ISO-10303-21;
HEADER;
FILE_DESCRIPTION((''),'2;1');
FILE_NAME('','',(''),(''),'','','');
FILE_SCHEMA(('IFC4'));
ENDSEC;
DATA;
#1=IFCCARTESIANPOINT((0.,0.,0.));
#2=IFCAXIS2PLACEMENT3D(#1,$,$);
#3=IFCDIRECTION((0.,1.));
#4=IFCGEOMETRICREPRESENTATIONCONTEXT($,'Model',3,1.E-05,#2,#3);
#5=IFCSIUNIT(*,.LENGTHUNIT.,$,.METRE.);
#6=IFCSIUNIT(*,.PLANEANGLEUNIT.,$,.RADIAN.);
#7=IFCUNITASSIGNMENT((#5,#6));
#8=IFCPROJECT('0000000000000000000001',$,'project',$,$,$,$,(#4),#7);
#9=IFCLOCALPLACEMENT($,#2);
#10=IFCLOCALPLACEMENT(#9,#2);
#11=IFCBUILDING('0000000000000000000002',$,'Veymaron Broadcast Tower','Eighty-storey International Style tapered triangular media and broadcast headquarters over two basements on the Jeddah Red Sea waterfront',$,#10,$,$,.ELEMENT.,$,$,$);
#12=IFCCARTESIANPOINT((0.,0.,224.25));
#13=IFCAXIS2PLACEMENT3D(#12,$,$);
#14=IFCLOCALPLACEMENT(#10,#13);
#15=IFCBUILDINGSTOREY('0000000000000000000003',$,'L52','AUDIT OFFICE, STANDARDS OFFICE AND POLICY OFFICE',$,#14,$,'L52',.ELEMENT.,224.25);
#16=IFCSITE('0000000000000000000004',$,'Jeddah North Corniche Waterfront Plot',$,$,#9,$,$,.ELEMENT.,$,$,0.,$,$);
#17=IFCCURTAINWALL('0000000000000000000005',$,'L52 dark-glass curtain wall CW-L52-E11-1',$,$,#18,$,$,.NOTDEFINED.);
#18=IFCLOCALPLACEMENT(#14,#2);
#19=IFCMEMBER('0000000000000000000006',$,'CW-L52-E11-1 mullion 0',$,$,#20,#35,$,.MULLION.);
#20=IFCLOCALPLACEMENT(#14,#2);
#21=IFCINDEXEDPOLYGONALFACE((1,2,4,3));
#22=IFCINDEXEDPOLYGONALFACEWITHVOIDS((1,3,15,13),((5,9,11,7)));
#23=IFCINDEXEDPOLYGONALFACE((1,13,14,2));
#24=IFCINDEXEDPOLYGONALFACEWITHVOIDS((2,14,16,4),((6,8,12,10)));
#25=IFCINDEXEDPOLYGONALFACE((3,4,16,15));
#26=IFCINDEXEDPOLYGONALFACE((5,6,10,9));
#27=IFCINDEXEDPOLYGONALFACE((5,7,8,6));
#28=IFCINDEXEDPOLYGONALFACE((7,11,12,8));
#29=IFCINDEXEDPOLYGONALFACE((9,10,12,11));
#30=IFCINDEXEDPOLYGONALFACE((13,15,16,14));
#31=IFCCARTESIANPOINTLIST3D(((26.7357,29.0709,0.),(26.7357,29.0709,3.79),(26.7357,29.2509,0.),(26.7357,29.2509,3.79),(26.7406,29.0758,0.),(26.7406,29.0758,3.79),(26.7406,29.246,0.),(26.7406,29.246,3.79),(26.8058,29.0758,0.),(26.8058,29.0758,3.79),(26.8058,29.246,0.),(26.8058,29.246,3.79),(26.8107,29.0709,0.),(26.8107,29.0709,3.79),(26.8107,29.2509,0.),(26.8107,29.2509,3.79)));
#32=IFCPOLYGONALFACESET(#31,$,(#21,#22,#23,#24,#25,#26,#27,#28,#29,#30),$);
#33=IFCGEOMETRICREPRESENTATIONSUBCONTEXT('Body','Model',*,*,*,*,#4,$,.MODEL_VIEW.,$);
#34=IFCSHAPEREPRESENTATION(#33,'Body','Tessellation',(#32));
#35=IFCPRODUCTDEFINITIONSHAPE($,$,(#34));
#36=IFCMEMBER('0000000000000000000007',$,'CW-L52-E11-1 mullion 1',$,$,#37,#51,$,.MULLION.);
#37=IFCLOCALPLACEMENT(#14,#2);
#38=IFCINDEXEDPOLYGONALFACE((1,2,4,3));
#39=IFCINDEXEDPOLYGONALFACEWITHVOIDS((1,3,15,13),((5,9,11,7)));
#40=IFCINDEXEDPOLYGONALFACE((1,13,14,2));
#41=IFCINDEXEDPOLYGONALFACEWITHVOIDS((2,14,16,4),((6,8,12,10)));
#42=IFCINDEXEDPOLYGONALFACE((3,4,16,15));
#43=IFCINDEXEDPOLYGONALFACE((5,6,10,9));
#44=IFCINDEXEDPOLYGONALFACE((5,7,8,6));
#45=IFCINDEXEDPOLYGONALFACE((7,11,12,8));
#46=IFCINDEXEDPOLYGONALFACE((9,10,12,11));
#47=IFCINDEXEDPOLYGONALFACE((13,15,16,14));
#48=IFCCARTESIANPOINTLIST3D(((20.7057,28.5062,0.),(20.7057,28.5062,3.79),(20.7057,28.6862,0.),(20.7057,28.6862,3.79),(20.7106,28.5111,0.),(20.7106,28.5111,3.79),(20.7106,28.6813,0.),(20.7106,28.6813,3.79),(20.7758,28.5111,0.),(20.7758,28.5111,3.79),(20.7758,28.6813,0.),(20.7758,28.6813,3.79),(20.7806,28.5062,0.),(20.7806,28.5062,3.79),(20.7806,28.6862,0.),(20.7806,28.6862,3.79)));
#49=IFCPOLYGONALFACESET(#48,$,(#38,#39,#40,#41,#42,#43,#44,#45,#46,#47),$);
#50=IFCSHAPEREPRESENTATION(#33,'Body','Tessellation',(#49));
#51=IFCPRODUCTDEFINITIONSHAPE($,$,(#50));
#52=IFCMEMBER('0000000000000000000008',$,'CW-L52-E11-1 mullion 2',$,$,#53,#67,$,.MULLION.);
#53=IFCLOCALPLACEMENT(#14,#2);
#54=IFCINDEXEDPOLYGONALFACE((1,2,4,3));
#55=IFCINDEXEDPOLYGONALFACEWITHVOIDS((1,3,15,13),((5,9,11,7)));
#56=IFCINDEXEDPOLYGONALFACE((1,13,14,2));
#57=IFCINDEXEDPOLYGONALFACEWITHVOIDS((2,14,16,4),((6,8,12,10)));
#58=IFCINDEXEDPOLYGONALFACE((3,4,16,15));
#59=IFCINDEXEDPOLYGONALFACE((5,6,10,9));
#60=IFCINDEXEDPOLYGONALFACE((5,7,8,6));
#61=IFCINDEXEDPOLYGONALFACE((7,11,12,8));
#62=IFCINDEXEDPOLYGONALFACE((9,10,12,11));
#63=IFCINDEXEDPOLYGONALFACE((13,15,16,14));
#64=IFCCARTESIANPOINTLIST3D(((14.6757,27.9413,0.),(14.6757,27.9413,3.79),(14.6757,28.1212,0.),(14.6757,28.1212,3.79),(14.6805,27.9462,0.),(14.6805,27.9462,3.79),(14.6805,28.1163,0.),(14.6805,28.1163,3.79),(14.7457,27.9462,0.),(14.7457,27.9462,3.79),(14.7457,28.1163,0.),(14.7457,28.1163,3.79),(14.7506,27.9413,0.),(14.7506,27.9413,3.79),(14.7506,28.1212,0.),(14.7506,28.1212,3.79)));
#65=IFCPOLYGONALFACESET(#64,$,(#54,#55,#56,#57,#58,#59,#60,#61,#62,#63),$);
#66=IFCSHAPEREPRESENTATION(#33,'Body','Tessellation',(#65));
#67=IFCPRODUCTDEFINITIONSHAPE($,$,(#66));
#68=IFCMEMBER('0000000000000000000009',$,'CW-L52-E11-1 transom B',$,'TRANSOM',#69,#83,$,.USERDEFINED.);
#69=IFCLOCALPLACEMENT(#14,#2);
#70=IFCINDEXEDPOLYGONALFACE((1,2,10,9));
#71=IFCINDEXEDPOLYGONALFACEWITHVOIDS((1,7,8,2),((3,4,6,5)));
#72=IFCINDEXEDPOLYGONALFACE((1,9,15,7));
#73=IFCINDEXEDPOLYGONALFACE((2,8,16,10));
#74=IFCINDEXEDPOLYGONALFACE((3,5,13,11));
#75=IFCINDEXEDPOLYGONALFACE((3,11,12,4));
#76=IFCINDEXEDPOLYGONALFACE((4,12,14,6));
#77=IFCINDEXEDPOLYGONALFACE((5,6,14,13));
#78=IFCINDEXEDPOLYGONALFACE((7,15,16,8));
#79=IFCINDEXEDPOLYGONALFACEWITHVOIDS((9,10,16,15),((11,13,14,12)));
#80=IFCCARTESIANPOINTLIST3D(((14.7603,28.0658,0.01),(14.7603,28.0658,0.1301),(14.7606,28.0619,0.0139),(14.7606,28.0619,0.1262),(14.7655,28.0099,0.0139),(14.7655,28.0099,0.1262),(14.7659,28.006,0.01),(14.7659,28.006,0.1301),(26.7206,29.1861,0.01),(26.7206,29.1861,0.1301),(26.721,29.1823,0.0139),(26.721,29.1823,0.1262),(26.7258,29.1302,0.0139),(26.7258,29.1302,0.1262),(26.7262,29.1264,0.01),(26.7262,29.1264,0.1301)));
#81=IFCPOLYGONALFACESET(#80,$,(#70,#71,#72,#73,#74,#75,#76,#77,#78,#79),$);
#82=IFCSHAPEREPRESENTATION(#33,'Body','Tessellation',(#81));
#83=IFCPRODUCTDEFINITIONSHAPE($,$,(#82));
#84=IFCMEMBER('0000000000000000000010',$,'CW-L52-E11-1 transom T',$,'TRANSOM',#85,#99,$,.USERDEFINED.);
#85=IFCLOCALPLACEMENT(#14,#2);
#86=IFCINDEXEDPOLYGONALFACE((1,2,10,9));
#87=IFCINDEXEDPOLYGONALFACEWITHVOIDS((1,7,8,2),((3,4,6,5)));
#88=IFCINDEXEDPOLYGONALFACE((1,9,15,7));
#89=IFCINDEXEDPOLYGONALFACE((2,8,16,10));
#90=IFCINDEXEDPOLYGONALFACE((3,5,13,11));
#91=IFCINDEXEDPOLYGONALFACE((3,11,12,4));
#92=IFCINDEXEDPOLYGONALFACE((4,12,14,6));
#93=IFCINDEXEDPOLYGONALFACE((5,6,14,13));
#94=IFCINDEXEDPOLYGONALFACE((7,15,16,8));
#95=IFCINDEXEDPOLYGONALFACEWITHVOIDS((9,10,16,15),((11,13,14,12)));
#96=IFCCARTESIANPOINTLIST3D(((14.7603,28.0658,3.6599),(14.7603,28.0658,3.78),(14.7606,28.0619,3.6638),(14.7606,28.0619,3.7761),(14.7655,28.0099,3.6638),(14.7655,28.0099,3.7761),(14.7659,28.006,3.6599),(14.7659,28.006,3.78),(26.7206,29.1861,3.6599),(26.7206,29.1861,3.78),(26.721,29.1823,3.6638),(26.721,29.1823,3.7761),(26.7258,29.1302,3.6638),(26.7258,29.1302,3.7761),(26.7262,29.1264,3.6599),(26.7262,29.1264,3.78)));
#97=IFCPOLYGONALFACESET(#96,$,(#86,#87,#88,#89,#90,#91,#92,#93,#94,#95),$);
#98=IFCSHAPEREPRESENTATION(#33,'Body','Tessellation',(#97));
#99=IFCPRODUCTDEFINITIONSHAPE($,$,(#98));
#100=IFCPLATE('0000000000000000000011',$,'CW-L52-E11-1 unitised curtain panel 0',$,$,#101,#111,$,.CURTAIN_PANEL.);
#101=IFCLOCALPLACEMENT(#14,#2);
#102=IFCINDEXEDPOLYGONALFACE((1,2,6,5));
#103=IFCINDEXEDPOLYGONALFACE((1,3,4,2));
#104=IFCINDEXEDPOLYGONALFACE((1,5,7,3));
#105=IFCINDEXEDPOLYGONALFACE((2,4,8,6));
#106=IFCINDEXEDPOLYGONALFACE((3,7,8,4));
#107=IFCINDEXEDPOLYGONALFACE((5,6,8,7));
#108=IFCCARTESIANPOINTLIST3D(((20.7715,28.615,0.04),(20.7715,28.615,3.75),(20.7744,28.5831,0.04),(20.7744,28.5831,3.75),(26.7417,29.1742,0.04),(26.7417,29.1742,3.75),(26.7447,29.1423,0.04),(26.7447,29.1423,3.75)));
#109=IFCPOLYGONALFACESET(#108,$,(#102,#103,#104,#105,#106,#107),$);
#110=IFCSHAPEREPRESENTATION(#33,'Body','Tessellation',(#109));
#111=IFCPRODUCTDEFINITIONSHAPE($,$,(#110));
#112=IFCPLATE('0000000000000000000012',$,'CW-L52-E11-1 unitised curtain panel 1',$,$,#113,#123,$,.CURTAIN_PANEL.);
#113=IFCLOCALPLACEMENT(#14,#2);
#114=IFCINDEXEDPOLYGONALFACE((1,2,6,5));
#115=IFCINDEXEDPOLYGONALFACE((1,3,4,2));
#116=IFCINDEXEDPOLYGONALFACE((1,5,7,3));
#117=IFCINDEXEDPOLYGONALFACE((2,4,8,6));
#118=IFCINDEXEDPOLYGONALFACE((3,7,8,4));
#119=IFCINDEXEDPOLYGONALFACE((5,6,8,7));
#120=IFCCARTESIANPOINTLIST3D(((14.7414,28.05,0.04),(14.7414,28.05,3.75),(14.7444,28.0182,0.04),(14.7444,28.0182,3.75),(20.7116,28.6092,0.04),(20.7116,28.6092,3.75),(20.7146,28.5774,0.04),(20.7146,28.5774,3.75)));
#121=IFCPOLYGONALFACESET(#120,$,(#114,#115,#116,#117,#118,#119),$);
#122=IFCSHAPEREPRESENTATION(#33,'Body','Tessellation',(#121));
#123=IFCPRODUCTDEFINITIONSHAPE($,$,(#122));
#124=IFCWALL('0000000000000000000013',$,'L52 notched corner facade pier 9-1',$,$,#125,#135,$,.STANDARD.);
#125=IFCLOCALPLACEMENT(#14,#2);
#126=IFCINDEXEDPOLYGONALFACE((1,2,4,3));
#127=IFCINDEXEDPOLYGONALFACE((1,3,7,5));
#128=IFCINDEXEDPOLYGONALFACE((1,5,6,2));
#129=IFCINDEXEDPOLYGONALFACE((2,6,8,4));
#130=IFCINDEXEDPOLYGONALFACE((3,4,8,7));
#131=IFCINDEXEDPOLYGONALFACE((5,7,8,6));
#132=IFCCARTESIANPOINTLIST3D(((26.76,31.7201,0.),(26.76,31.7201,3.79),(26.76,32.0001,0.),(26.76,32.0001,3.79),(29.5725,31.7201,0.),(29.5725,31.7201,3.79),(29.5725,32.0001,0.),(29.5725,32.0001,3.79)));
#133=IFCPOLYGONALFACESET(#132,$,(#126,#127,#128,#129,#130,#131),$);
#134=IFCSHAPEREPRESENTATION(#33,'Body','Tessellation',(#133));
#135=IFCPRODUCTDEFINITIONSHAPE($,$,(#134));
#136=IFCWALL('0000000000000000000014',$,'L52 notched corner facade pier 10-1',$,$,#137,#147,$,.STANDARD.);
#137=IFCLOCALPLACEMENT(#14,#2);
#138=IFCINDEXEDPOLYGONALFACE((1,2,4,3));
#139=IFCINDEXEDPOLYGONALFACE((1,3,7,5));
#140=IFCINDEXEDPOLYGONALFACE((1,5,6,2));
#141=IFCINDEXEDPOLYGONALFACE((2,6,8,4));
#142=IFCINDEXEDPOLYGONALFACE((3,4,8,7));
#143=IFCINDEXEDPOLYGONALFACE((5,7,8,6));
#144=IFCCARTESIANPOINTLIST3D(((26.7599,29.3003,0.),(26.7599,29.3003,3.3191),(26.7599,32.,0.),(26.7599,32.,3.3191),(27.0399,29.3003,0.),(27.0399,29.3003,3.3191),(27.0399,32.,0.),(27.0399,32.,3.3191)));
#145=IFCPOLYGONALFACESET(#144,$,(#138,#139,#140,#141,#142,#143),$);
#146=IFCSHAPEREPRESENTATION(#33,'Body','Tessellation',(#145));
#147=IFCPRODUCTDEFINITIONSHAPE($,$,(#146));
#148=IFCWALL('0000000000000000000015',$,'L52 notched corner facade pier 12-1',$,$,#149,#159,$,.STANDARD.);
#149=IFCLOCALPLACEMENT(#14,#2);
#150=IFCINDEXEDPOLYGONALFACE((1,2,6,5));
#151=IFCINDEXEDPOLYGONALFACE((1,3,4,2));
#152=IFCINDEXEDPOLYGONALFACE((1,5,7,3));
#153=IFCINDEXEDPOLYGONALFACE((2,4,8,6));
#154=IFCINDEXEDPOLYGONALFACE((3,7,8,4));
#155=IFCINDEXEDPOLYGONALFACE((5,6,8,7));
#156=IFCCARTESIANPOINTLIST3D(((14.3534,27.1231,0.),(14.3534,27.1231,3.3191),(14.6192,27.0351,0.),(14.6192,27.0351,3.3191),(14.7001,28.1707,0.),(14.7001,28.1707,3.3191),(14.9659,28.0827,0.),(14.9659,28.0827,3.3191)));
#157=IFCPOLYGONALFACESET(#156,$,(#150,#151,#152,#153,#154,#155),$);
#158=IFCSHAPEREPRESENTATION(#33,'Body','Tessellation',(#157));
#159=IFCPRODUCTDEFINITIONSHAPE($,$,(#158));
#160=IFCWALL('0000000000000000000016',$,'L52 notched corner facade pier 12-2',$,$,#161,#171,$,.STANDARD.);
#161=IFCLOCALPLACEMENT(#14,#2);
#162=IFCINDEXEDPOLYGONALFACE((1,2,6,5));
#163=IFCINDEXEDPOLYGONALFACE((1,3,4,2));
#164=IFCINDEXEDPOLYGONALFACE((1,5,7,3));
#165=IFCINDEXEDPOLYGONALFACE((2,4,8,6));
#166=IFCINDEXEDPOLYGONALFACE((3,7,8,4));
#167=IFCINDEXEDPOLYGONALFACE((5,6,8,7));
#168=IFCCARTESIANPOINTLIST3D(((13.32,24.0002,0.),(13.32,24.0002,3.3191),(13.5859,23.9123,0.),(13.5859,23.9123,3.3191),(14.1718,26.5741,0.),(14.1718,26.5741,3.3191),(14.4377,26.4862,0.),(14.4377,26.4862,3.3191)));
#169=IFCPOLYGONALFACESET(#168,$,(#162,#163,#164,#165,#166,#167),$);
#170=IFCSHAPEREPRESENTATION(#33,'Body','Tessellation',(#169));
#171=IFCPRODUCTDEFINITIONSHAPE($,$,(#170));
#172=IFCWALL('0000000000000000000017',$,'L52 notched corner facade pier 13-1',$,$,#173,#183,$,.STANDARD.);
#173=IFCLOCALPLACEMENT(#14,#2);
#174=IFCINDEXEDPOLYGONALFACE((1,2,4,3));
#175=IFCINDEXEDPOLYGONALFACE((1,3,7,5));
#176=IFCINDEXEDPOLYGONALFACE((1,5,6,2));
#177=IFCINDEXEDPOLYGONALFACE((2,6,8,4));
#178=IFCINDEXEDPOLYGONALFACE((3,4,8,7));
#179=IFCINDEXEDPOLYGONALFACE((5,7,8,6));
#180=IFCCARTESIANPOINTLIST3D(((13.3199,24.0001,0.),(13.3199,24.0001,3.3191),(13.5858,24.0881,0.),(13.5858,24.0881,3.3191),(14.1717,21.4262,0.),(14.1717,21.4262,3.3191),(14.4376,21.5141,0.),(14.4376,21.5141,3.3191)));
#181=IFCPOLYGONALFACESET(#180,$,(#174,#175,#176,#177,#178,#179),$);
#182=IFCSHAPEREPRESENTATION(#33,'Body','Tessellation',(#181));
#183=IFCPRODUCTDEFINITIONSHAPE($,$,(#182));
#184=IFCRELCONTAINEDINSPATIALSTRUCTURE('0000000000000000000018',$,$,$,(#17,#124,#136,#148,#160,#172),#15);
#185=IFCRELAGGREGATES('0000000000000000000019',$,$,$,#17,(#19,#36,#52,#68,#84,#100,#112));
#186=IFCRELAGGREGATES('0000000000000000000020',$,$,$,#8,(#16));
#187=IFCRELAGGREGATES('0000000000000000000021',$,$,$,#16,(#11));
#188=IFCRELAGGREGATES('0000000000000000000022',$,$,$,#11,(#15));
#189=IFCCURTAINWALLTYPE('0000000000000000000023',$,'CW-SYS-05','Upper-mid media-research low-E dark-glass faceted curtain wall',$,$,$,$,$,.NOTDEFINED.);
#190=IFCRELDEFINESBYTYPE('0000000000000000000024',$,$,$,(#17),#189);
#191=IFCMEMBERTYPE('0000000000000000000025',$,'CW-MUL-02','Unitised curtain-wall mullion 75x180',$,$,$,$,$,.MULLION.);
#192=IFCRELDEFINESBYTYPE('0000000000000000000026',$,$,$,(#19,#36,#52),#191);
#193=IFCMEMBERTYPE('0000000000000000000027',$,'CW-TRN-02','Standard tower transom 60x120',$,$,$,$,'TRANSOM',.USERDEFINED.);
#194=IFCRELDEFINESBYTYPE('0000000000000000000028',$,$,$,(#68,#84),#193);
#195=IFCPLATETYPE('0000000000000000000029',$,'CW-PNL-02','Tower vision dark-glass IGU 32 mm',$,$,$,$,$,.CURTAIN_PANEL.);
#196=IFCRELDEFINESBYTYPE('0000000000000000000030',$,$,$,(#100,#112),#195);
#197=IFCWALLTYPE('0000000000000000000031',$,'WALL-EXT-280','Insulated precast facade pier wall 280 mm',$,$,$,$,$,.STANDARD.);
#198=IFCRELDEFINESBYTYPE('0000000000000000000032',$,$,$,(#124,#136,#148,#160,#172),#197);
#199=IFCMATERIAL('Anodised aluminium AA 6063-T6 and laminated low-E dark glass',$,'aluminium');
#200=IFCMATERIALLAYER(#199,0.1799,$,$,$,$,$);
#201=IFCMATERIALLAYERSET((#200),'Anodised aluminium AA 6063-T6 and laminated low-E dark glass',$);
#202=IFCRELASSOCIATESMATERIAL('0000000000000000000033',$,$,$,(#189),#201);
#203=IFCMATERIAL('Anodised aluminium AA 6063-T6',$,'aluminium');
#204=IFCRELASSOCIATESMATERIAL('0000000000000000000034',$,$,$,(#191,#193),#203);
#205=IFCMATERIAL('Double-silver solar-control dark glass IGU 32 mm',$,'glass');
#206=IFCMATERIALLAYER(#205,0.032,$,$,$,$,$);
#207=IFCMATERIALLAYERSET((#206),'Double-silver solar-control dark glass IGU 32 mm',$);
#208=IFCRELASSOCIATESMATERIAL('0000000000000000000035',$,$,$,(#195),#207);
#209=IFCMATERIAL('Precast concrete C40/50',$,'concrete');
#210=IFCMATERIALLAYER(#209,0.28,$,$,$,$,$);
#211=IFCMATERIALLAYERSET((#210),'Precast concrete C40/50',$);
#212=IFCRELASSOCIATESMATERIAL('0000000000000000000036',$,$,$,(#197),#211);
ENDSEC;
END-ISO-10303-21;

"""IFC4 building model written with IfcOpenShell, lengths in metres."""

from ifc_helpers import new_model, si_unit, direction, frame, frame_2d, origin, origin_2d, place, context, subcontext, project, spatial, rectangle, hollow_rectangle, extrude, material, layer, layer_set, material_profile, profile_set, type_object, element, aggregate, save


model = new_model("IFC4")

# Units and contexts
model_context = context("Model", 3, precision=1e-05, world=origin(), true_north=direction((0.0, 1.0)))
body_context = subcontext(model_context, "Body", "Model", "MODEL_VIEW")
ifc_project = project(units=[si_unit("LENGTHUNIT", "METRE"), si_unit("PLANEANGLEUNIT", "RADIAN")], contexts=[model_context])

# Site, building, storey
site_placement = place(None, origin())
site = spatial("IfcSite", under=ifc_project, at=site_placement, Name="Jeddah North Corniche Waterfront Plot", CompositionType="ELEMENT", RefElevation=0.0)
building_placement = place(site_placement, origin())
building = spatial("IfcBuilding", under=site, at=building_placement, Name="Veymaron Broadcast Tower", Description="Eighty-storey International Style tapered triangular media and broadcast headquarters over two basements on the Jeddah Red Sea waterfront", CompositionType="ELEMENT")
storey_placement = place(building_placement, frame((0.0, 0.0, 224.25)))
storey = spatial("IfcBuildingStorey", under=building, at=storey_placement, Name="L52", Description="AUDIT OFFICE, STANDARDS OFFICE AND POLICY OFFICE", LongName="L52", CompositionType="ELEMENT", Elevation=224.25)

# Curtain wall, members, plates
ifc_material_1 = material(Name="Anodised aluminium AA 6063-T6 and laminated low-E dark glass", Category="aluminium")
ifc_layer_1 = layer(ifc_material_1, 0.1799)
ifc_layer_set_1 = layer_set([ifc_layer_1], Name="Anodised aluminium AA 6063-T6 and laminated low-E dark glass")
curtain_wall_type = type_object("IfcCurtainWallType", Name="CW-SYS-05", Description="Upper-mid media-research low-E dark-glass faceted curtain wall", PredefinedType="NOTDEFINED", material=ifc_layer_set_1)
curtain_wall_placement = place(storey_placement, origin())
curtain_wall = element("IfcCurtainWall", 1, at=curtain_wall_placement, inside=storey, type_object=curtain_wall_type, Name="L52 dark-glass curtain wall CW-L52-E11-1", PredefinedType="NOTDEFINED")
ifc_material_2 = material(Name="Anodised aluminium AA 6063-T6", Category="aluminium")
ifc_material_profile_1 = material_profile(ifc_material_2, hollow_rectangle(XDim=0.075, YDim=0.1799, WallThickness=0.0049, at=origin_2d()), Name="AL180X75X5")
ifc_profile_set_1 = profile_set([ifc_material_profile_1], Name="Anodised aluminium AA 6063-T6")
member_type_1 = type_object("IfcMemberType", Name="CW-MUL-02", Description="Unitised curtain-wall mullion 75x180", PredefinedType="MULLION", material=ifc_profile_set_1)
member_1_placement = place(storey_placement, frame((26.7732, 29.1609, 0.0), z_axis=(0.0, 0.0, 1.0), x_axis=(1.0, 0.0, 0.0)))
member_1 = element("IfcMember", 2, at=member_1_placement, type_object=member_type_1, Name="CW-L52-E11-1 mullion 0", PredefinedType="MULLION", context=body_context, shape_type="SweptSolid", body=[
    extrude(hollow_rectangle(XDim=0.075, YDim=0.1799, WallThickness=0.0049, at=origin_2d()), origin(), (0.0, 0.0, 1.0), 3.79),
])
member_2_placement = place(storey_placement, frame((20.7432, 28.5962, 0.0), z_axis=(0.0, 0.0, 1.0), x_axis=(1.0, 0.0, 0.0)))
member_2 = element("IfcMember", 3, at=member_2_placement, type_object=member_type_1, Name="CW-L52-E11-1 mullion 1", PredefinedType="MULLION", context=body_context, shape_type="SweptSolid", body=[
    extrude(hollow_rectangle(XDim=0.075, YDim=0.1799, WallThickness=0.0049, at=origin_2d()), origin(), (0.0, 0.0, 1.0), 3.79),
])
member_3_placement = place(storey_placement, frame((14.7131, 28.0312, 0.0), z_axis=(0.0, 0.0, 1.0), x_axis=(1.0, 0.0, 0.0)))
member_3 = element("IfcMember", 4, at=member_3_placement, type_object=member_type_1, Name="CW-L52-E11-1 mullion 2", PredefinedType="MULLION", context=body_context, shape_type="SweptSolid", body=[
    extrude(hollow_rectangle(XDim=0.075, YDim=0.1799, WallThickness=0.0049, at=origin_2d()), origin(), (0.0, 0.0, 1.0), 3.79),
])
ifc_material_profile_2 = material_profile(ifc_material_2, hollow_rectangle(XDim=0.0601, YDim=0.1201, WallThickness=0.0039, at=origin_2d()), Name="AL120X60X4")
ifc_profile_set_2 = profile_set([ifc_material_profile_2], Name="Anodised aluminium AA 6063-T6")
member_type_2 = type_object("IfcMemberType", Name="CW-TRN-02", Description="Standard tower transom 60x120", ElementType="TRANSOM", PredefinedType="USERDEFINED", material=ifc_profile_set_2)
member_4_placement = place(storey_placement, frame((26.7234, 29.1562, 0.0701), z_axis=(-0.995641, -0.093264, 0.0), x_axis=(0.093264, -0.995641, 0.0)))
member_4 = element("IfcMember", 5, at=member_4_placement, type_object=member_type_2, Name="CW-L52-E11-1 transom B", ObjectType="TRANSOM", PredefinedType="USERDEFINED", context=body_context, shape_type="SweptSolid", body=[
    extrude(hollow_rectangle(XDim=0.0601, YDim=0.1201, WallThickness=0.0039, at=origin_2d()), origin(), (0.0, 0.0, 1.0), 12.0127),
])
member_5_placement = place(storey_placement, frame((26.7234, 29.1562, 3.72), z_axis=(-0.995641, -0.093264, 0.0), x_axis=(0.093264, -0.995641, 0.0)))
member_5 = element("IfcMember", 6, at=member_5_placement, type_object=member_type_2, Name="CW-L52-E11-1 transom T", ObjectType="TRANSOM", PredefinedType="USERDEFINED", context=body_context, shape_type="SweptSolid", body=[
    extrude(hollow_rectangle(XDim=0.0601, YDim=0.1201, WallThickness=0.0039, at=origin_2d()), origin(), (0.0, 0.0, 1.0), 12.0127),
])
ifc_material_3 = material(Name="Double-silver solar-control dark glass IGU 32 mm", Category="glass")
ifc_layer_2 = layer(ifc_material_3, 0.032)
ifc_layer_set_2 = layer_set([ifc_layer_2], Name="Double-silver solar-control dark glass IGU 32 mm")
plate_type = type_object("IfcPlateType", Name="CW-PNL-02", Description="Tower vision dark-glass IGU 32 mm", PredefinedType="CURTAIN_PANEL", material=ifc_layer_set_2)
plate_1_placement = place(storey_placement, frame((23.7581, 28.8787, 0.04), z_axis=(0.0, 0.0, 1.0), x_axis=(-0.995642, -0.093257, 0.0)))
plate_1 = element("IfcPlate", 7, at=plate_1_placement, type_object=plate_type, Name="CW-L52-E11-1 unitised curtain panel 0", PredefinedType="CURTAIN_PANEL", context=body_context, shape_type="SweptSolid", body=[
    extrude(rectangle(XDim=5.9963, YDim=0.032, at=origin_2d()), origin(), (0.0, 0.0, 1.0), 3.71),
])
plate_2_placement = place(storey_placement, frame((17.728, 28.3137, 0.04), z_axis=(0.0, 0.0, 1.0), x_axis=(-0.995642, -0.093257, 0.0)))
plate_2 = element("IfcPlate", 8, at=plate_2_placement, type_object=plate_type, Name="CW-L52-E11-1 unitised curtain panel 1", PredefinedType="CURTAIN_PANEL", context=body_context, shape_type="SweptSolid", body=[
    extrude(rectangle(XDim=5.9963, YDim=0.032, at=origin_2d()), origin(), (0.0, 0.0, 1.0), 3.71),
])
aggregate(curtain_wall, [member_1, member_2, member_3, member_4, member_5, plate_1, plate_2])

# Walls
ifc_material_4 = material(Name="Precast concrete C40/50", Category="concrete")
ifc_layer_3 = layer(ifc_material_4, 0.28)
ifc_layer_set_3 = layer_set([ifc_layer_3], Name="Precast concrete C40/50")
wall_type_1 = type_object("IfcWallType", Name="WALL-EXT-280", Description="Insulated precast facade pier wall 280 mm", PredefinedType="STANDARD", material=ifc_layer_set_3)
wall_1_placement = place(storey_placement, frame((29.5725, 31.8601, 0.0), z_axis=(0.0, 0.0, 1.0), x_axis=(-1.0, 0.0, 0.0)))
element("IfcWall", 9, at=wall_1_placement, inside=storey, type_object=wall_type_1, Name="L52 notched corner facade pier 9-1", PredefinedType="STANDARD", context=body_context, shape_type="SweptSolid", body=[
    extrude(rectangle(XDim=2.8125, YDim=0.28, at=frame_2d((1.4062, 0.0))), origin(), (0.0, 0.0, 1.0), 3.79),
])
wall_2_placement = place(storey_placement, frame((26.8999, 32.0, 0.0), z_axis=(0.0, 0.0, 1.0), x_axis=(0.0, -1.0, 0.0)))
element("IfcWall", 10, at=wall_2_placement, inside=storey, type_object=wall_type_1, Name="L52 notched corner facade pier 10-1", PredefinedType="STANDARD", context=body_context, shape_type="SweptSolid", body=[
    extrude(rectangle(XDim=2.6997, YDim=0.28, at=frame_2d((1.3499, 0.0))), origin(), (0.0, 0.0, 1.0), 3.3191),
])
wall_3_placement = place(storey_placement, frame((14.833, 28.1267, 0.0), z_axis=(0.0, 0.0, 1.0), x_axis=(-0.314169, -0.949367, 0.0)))
element("IfcWall", 11, at=wall_3_placement, inside=storey, type_object=wall_type_1, Name="L52 notched corner facade pier 12-1", PredefinedType="STANDARD", context=body_context, shape_type="SweptSolid", body=[
    extrude(rectangle(XDim=1.1035, YDim=0.28, at=frame_2d((0.5518, 0.0))), origin(), (0.0, 0.0, 1.0), 3.3191),
])
for number, where, z_axis, x_axis, name in (
    (12, (14.3047, 26.53, 0.0), (0.0, 0.0, 1.0), (-0.314174, -0.949365, 0.0), "L52 notched corner facade pier 12-2"),
    (13, (13.4529, 24.0439, 0.0), (0.0, 0.0, 1.0), (0.314174, -0.949365, 0.0), "L52 notched corner facade pier 13-1"),
):
    element("IfcWall", number, at=place(storey_placement, frame(where, z_axis=z_axis, x_axis=x_axis)), inside=storey, type_object=wall_type_1, Name=name, PredefinedType="STANDARD", context=body_context, shape_type="SweptSolid", body=[
        extrude(rectangle(XDim=2.7112, YDim=0.28, at=frame_2d((1.3555, 0.0))), origin(), (0.0, 0.0, 1.0), 3.3191),
    ])

save(model, "model.ifc")
